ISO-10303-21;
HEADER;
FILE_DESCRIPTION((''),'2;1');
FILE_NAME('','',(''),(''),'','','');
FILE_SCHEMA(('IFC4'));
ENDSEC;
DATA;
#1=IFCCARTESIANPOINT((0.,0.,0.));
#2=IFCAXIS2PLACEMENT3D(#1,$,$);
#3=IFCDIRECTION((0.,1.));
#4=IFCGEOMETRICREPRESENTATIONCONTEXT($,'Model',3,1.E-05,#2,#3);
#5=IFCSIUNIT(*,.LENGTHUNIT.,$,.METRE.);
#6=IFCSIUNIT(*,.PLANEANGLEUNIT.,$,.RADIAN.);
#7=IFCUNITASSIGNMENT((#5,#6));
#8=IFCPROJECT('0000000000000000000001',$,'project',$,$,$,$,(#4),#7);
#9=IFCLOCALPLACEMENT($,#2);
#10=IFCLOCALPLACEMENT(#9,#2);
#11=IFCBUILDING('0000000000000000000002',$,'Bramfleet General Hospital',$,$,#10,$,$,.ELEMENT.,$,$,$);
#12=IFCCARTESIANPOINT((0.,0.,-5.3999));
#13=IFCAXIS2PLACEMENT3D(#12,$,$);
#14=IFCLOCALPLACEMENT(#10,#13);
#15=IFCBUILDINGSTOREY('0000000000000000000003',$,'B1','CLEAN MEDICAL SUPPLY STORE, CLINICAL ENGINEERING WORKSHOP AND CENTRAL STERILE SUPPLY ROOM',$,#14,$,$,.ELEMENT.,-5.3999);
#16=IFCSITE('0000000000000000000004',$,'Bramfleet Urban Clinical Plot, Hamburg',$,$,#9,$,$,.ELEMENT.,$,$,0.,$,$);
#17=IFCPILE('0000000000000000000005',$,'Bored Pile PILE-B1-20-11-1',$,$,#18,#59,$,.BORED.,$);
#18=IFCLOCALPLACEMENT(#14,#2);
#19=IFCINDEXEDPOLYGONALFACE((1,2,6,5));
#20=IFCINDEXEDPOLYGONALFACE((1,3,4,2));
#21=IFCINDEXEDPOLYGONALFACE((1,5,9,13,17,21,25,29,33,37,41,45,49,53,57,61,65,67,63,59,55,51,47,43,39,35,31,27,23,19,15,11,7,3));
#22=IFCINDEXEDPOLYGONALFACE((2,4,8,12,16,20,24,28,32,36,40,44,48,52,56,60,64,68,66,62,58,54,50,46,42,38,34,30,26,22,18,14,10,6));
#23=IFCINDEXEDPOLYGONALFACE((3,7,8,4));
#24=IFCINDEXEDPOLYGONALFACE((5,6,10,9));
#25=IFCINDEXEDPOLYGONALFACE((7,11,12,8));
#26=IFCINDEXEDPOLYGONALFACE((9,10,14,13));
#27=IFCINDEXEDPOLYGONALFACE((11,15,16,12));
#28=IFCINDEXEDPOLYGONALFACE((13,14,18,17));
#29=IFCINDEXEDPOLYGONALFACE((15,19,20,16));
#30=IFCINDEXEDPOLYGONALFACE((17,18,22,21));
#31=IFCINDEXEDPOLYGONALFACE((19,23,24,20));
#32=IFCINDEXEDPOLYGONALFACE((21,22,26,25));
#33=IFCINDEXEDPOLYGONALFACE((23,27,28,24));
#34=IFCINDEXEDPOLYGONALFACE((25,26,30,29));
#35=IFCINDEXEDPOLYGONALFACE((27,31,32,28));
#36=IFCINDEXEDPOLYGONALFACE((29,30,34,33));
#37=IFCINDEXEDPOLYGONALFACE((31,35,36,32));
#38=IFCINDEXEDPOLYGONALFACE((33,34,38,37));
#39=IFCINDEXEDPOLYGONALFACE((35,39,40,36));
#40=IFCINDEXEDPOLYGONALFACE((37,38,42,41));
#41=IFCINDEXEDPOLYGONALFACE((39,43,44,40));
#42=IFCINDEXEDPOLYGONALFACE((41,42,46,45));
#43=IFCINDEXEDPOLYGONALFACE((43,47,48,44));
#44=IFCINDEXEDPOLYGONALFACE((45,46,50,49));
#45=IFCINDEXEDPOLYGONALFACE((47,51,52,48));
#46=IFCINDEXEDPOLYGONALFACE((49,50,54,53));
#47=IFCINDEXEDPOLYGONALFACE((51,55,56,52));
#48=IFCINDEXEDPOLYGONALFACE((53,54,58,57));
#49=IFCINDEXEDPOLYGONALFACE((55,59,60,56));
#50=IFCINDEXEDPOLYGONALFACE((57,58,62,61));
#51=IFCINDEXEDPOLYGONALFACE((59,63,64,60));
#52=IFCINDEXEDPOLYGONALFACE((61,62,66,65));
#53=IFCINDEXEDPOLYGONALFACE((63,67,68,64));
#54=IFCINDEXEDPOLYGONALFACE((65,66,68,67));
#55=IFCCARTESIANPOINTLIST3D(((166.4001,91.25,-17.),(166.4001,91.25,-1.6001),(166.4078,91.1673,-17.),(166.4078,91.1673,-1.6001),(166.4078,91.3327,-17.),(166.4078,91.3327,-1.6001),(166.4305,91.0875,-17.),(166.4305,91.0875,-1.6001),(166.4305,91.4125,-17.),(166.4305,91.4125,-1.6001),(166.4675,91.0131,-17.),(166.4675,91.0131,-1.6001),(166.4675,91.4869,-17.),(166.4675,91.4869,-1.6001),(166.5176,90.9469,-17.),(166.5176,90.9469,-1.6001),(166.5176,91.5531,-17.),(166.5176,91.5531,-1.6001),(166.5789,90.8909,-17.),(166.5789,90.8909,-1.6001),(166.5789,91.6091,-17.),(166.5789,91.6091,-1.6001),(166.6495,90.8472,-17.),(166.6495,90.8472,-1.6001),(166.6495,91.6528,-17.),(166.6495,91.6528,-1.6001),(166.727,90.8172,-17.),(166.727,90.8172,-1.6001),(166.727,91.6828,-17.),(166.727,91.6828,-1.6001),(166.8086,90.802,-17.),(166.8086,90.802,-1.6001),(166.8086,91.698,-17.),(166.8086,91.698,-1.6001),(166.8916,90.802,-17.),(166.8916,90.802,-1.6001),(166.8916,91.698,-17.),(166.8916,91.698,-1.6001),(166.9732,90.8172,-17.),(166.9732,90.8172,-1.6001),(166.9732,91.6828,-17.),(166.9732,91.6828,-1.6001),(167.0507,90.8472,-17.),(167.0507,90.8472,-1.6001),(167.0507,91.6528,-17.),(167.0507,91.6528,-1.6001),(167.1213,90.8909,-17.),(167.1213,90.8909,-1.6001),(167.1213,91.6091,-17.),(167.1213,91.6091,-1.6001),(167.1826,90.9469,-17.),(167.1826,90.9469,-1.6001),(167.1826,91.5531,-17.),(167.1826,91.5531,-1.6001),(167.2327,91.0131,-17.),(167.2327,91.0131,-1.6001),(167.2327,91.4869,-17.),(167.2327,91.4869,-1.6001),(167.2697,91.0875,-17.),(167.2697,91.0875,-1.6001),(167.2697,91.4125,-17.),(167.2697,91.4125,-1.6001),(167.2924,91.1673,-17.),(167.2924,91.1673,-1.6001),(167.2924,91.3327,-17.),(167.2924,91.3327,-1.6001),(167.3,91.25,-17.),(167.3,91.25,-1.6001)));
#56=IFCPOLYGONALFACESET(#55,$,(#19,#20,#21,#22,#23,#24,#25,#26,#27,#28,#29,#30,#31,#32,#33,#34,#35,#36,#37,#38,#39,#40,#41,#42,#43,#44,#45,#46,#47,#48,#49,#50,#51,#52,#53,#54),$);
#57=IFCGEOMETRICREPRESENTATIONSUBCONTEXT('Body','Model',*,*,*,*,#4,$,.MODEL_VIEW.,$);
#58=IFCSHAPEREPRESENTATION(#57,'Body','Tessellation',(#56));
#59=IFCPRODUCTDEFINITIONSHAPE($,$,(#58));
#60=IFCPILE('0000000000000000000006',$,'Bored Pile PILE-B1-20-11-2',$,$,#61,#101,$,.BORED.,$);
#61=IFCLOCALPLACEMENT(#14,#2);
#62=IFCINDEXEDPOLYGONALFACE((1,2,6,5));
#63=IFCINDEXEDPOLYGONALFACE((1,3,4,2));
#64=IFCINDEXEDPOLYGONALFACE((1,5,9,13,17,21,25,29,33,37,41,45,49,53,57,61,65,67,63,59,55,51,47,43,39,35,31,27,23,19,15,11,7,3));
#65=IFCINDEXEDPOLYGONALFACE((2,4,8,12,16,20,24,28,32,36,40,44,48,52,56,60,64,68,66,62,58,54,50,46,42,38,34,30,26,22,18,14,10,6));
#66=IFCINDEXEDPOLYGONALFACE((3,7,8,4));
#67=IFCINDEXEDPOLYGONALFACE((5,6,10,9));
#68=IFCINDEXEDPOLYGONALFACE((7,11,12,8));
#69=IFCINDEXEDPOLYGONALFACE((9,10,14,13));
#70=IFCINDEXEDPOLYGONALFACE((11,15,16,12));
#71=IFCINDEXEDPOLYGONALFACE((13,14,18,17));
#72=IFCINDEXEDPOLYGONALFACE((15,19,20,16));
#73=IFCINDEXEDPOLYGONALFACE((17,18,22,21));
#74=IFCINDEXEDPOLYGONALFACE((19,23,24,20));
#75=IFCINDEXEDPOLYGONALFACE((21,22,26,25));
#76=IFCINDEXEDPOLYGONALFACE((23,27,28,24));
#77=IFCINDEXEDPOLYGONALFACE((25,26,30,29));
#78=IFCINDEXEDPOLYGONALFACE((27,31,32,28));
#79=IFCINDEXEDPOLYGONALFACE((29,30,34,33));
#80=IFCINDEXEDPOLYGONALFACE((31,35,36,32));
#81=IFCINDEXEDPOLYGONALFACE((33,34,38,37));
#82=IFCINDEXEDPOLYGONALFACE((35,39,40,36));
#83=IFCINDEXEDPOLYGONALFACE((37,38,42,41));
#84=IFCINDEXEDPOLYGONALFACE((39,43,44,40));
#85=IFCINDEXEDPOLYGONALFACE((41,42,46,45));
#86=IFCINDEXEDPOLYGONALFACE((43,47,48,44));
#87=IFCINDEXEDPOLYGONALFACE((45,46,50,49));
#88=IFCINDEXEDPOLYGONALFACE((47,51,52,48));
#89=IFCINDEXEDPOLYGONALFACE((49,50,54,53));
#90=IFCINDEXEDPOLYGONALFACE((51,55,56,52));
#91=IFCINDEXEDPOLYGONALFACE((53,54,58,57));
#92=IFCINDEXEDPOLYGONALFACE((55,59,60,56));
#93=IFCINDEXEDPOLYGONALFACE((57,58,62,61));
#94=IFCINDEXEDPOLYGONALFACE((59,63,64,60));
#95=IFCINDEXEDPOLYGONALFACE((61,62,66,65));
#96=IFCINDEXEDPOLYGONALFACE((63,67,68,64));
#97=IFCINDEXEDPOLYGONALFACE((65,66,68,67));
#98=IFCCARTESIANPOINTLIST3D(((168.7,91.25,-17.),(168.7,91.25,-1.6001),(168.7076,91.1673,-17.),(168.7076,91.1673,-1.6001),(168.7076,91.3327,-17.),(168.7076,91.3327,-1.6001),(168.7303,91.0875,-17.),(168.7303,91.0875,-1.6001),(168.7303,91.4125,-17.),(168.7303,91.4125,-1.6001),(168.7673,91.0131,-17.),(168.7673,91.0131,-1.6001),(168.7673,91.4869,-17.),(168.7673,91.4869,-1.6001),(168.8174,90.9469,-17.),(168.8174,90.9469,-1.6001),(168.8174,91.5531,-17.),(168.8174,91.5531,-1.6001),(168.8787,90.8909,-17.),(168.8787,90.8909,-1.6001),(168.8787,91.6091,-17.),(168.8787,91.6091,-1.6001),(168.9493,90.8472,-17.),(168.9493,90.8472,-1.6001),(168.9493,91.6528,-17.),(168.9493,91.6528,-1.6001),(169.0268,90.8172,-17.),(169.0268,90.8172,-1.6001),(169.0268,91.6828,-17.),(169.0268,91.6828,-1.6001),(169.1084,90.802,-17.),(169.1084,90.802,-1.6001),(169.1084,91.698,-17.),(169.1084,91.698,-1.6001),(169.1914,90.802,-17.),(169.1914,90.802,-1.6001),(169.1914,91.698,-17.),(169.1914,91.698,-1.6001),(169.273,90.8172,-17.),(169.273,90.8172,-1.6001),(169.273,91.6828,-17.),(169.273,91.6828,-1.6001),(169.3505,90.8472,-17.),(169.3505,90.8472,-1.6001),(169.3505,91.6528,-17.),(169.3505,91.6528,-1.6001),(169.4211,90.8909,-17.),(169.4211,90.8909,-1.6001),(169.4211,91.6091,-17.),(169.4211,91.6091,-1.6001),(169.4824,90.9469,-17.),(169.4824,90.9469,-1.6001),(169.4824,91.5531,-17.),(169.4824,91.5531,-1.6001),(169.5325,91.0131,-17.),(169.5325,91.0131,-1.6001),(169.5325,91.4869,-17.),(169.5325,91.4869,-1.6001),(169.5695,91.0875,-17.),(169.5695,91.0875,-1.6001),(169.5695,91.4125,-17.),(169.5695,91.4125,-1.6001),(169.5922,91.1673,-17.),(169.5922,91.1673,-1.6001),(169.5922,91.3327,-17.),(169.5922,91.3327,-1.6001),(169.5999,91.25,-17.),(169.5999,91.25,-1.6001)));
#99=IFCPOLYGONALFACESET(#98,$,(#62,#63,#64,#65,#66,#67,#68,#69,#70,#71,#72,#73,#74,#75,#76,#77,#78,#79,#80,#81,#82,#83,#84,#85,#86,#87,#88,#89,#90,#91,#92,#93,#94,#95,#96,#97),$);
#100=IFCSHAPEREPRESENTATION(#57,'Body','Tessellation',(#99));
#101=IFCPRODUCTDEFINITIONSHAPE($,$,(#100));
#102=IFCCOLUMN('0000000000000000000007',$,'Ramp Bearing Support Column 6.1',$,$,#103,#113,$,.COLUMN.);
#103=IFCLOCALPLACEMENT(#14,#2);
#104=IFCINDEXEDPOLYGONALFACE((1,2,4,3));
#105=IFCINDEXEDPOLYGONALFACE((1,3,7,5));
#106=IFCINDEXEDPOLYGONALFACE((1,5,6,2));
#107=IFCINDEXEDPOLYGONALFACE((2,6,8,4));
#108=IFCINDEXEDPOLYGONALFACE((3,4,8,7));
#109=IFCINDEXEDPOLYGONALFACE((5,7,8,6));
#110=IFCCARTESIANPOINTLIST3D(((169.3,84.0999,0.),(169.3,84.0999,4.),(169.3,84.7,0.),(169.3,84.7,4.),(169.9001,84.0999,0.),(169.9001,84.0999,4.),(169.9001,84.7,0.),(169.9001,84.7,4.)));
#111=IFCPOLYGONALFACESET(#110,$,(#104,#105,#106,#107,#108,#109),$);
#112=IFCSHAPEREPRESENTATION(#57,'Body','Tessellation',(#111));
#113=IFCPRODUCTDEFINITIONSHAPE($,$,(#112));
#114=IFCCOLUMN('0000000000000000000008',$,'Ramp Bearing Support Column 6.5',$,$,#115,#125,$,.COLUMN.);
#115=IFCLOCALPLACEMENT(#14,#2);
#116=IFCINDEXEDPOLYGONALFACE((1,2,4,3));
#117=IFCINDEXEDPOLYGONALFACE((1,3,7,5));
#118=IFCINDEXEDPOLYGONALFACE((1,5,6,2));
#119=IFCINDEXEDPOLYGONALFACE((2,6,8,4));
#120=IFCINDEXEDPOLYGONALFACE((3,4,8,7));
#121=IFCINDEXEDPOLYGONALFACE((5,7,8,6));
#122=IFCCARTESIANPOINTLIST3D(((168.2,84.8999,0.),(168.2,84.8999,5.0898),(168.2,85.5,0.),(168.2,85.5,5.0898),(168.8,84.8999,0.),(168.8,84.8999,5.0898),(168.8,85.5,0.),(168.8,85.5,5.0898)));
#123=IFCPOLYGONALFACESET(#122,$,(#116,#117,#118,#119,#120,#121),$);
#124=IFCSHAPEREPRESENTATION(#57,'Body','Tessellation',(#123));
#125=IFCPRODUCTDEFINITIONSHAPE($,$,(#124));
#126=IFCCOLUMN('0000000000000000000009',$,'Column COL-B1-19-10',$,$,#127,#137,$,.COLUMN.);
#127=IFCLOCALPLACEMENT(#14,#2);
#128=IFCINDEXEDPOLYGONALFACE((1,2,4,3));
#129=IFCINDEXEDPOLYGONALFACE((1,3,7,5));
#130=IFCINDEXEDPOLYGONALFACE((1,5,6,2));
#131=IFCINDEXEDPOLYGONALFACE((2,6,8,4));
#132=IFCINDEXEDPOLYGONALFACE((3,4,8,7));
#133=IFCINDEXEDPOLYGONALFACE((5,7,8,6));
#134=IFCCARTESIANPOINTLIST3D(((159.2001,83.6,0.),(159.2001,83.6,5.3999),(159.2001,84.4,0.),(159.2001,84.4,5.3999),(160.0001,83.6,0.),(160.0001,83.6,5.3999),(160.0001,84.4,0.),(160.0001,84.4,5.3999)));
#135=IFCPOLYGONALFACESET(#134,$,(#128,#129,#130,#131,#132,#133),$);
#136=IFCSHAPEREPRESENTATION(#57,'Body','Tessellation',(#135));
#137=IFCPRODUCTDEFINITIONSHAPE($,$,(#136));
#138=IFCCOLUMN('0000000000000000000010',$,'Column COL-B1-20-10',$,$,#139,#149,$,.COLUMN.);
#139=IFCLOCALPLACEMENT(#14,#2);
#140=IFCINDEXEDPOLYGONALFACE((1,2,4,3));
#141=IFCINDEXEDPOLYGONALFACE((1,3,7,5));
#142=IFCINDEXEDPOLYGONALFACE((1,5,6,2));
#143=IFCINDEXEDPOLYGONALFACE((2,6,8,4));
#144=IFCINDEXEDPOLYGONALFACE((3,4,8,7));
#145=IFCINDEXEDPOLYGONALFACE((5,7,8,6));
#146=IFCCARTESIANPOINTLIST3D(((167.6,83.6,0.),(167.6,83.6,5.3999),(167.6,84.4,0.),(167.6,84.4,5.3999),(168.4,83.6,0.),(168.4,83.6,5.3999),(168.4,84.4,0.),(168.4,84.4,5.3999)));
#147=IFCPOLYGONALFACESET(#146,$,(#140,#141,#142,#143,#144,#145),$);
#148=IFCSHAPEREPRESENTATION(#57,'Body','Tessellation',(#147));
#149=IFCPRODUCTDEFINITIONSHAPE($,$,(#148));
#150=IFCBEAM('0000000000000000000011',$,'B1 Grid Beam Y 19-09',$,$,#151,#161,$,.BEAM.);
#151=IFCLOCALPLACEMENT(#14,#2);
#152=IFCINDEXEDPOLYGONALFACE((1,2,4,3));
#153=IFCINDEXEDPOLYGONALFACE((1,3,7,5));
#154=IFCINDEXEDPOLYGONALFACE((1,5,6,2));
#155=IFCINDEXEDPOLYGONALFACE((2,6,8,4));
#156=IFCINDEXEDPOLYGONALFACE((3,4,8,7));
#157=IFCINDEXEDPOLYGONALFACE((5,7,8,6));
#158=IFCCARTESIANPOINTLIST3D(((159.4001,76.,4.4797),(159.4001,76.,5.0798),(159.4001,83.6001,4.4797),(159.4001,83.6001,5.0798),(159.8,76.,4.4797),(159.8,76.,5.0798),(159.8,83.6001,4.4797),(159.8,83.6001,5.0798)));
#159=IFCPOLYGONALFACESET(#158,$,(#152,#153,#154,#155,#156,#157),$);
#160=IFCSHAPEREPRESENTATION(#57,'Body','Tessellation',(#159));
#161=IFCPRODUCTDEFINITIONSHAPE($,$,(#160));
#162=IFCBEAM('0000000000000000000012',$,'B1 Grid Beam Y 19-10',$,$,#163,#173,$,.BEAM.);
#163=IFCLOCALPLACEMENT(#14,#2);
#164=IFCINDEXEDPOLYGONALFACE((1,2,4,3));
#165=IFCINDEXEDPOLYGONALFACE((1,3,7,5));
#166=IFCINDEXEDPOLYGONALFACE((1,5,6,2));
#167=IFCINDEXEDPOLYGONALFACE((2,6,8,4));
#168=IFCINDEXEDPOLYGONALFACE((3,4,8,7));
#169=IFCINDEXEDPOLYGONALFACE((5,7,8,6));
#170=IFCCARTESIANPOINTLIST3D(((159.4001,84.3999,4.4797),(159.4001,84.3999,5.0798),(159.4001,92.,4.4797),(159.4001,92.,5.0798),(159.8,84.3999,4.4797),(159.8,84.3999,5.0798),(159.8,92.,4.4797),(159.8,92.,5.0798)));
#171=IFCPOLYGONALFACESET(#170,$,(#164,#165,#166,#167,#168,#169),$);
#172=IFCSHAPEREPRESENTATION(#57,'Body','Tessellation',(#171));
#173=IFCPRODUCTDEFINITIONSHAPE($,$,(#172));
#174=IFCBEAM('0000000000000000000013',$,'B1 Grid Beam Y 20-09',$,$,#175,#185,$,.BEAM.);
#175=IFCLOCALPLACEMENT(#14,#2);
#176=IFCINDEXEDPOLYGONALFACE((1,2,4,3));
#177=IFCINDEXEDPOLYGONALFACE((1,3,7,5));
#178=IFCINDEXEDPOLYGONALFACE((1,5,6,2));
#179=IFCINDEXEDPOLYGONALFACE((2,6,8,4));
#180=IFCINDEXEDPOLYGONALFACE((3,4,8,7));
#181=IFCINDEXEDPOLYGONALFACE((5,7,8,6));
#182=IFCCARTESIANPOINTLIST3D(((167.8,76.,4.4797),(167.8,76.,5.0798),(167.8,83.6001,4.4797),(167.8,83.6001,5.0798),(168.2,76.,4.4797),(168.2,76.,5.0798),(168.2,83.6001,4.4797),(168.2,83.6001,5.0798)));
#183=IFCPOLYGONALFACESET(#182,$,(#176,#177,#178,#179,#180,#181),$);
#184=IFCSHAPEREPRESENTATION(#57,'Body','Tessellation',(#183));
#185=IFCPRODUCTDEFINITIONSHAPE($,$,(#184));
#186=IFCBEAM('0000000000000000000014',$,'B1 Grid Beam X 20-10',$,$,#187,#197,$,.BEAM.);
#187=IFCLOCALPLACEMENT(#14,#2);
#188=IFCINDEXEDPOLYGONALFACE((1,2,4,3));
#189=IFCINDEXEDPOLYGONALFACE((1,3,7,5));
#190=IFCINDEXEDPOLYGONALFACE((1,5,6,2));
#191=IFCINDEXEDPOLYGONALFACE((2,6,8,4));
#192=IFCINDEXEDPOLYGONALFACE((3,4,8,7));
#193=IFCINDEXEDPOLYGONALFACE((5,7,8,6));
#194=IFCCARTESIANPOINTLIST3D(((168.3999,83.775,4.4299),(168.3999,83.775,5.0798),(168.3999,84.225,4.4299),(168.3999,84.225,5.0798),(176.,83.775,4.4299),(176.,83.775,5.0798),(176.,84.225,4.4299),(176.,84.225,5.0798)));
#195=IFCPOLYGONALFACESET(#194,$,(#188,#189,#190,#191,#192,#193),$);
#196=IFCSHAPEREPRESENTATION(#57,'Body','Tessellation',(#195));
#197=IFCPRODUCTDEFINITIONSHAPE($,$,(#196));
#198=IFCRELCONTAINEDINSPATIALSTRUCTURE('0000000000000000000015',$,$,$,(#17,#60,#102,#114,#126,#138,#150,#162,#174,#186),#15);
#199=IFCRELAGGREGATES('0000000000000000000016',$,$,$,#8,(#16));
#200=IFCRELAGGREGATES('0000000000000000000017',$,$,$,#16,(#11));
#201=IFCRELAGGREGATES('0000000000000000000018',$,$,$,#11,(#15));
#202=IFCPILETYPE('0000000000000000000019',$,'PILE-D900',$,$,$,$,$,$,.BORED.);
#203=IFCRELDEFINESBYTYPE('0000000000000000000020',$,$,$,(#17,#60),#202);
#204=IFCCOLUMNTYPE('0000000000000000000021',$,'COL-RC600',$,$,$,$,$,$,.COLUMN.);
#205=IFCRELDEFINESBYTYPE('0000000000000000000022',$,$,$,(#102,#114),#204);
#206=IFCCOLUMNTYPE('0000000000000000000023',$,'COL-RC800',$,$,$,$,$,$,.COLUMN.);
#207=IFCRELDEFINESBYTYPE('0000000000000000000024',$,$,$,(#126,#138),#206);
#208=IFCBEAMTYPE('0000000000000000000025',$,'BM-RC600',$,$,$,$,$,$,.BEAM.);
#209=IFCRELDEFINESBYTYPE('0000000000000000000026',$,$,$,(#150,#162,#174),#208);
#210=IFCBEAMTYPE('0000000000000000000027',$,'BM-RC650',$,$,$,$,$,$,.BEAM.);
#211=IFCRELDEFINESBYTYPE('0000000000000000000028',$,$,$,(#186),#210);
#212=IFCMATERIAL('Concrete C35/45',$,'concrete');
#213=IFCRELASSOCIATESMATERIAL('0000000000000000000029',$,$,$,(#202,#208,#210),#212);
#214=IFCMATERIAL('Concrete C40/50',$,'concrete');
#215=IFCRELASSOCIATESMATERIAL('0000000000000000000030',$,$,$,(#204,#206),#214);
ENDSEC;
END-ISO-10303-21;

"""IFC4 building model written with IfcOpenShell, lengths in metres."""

from ifc_helpers import new_model, si_unit, direction, frame, origin, origin_2d, place, context, subcontext, project, spatial, rectangle, circle, extrude, material, material_profile, profile_set, type_object, element, save


model = new_model("IFC4")

# Units and contexts
model_context = context("Model", 3, precision=1e-05, world=origin(), true_north=direction((0.0, 1.0)))
body_context = subcontext(model_context, "Body", "Model", "MODEL_VIEW")
ifc_project = project(units=[si_unit("LENGTHUNIT", "METRE"), si_unit("PLANEANGLEUNIT", "RADIAN")], contexts=[model_context])

# Site, building, storey
site_placement = place(None, origin())
site = spatial("IfcSite", under=ifc_project, at=site_placement, Name="Bramfleet Urban Clinical Plot, Hamburg", CompositionType="ELEMENT", RefElevation=0.0)
building_placement = place(site_placement, origin())
building = spatial("IfcBuilding", under=site, at=building_placement, Name="Bramfleet General Hospital", CompositionType="ELEMENT")
storey_placement = place(building_placement, frame((0.0, 0.0, -5.3999)))
storey = spatial("IfcBuildingStorey", under=building, at=storey_placement, Name="B1", Description="CLEAN MEDICAL SUPPLY STORE, CLINICAL ENGINEERING WORKSHOP AND CENTRAL STERILE SUPPLY ROOM", CompositionType="ELEMENT", Elevation=-5.3999)

# Shared definitions
ifc_material_1 = material(Name="Concrete C35/45", Category="concrete")

# Piles
ifc_material_profile_1 = material_profile(ifc_material_1, circle(Radius=0.45, at=origin_2d()), Name="PILE BORED D900")
ifc_profile_set_1 = profile_set([ifc_material_profile_1], Name="Concrete C35/45")
pile_type_1 = type_object("IfcPileType", Name="PILE-D900", PredefinedType="BORED", material=ifc_profile_set_1)
for number, where, z_axis, x_axis, name in (
    (1, (166.8501, 91.25, -1.6001), (0.0, 0.0, -1.0), (1.0, 0.0, 0.0), "Bored Pile PILE-B1-20-11-1"),
    (2, (169.1499, 91.25, -1.6001), (0.0, 0.0, -1.0), (1.0, 0.0, 0.0), "Bored Pile PILE-B1-20-11-2"),
):
    element("IfcPile", number, at=place(storey_placement, frame(where, z_axis=z_axis, x_axis=x_axis)), inside=storey, type_object=pile_type_1, Name=name, PredefinedType="BORED", context=body_context, shape_type="SweptSolid", body=[
        extrude(circle(Radius=0.45, at=origin_2d()), origin(), (0.0, 0.0, 1.0), 15.3999),
    ])

# Columns
ifc_material_2 = material(Name="Concrete C40/50", Category="concrete")
ifc_material_profile_2 = material_profile(ifc_material_2, rectangle(XDim=0.6001, YDim=0.6001, at=origin_2d()), Name="RC COL 600x600")
ifc_profile_set_2 = profile_set([ifc_material_profile_2], Name="Concrete C40/50")
column_type_1 = type_object("IfcColumnType", Name="COL-RC600", PredefinedType="COLUMN", material=ifc_profile_set_2)
column_1_placement = place(storey_placement, frame((169.6001, 84.3999, 0.0), z_axis=(0.0, 0.0, 1.0), x_axis=(1.0, 0.0, 0.0)))
element("IfcColumn", 3, at=column_1_placement, inside=storey, type_object=column_type_1, Name="Ramp Bearing Support Column 6.1", PredefinedType="COLUMN", context=body_context, shape_type="SweptSolid", body=[
    extrude(rectangle(XDim=0.6001, YDim=0.6001, at=origin_2d()), origin(), (0.0, 0.0, 1.0), 4.0),
])
column_2_placement = place(storey_placement, frame((168.5, 85.2, 0.0), z_axis=(0.0, 0.0, 1.0), x_axis=(1.0, 0.0, 0.0)))
element("IfcColumn", 4, at=column_2_placement, inside=storey, type_object=column_type_1, Name="Ramp Bearing Support Column 6.5", PredefinedType="COLUMN", context=body_context, shape_type="SweptSolid", body=[
    extrude(rectangle(XDim=0.6001, YDim=0.6001, at=origin_2d()), origin(), (0.0, 0.0, 1.0), 5.0898),
])
ifc_material_profile_3 = material_profile(ifc_material_2, rectangle(XDim=0.8, YDim=0.8, at=origin_2d()), Name="RC COL 800x800")
ifc_profile_set_3 = profile_set([ifc_material_profile_3], Name="Concrete C40/50")
column_type_2 = type_object("IfcColumnType", Name="COL-RC800", PredefinedType="COLUMN", material=ifc_profile_set_3)
for number, where, z_axis, x_axis, name in (
    (5, (159.6001, 84.0, 0.0), (0.0, 0.0, 1.0), (1.0, 0.0, 0.0), "Column COL-B1-19-10"),
    (6, (168.0, 84.0, 0.0), (0.0, 0.0, 1.0), (1.0, 0.0, 0.0), "Column COL-B1-20-10"),
):
    element("IfcColumn", number, at=place(storey_placement, frame(where, z_axis=z_axis, x_axis=x_axis)), inside=storey, type_object=column_type_2, Name=name, PredefinedType="COLUMN", context=body_context, shape_type="SweptSolid", body=[
        extrude(rectangle(XDim=0.8, YDim=0.8, at=origin_2d()), origin(), (0.0, 0.0, 1.0), 5.3999),
    ])

# Beams
ifc_material_profile_4 = material_profile(ifc_material_1, rectangle(XDim=0.3999, YDim=0.6001, at=origin_2d()), Name="RC BM 600x400")
ifc_profile_set_4 = profile_set([ifc_material_profile_4], Name="Concrete C35/45")
beam_type_1 = type_object("IfcBeamType", Name="BM-RC600", PredefinedType="BEAM", material=ifc_profile_set_4)
for number, where, z_axis, x_axis, name in (
    (7, (159.6001, 76.0, 4.7798), (0.0, 1.0, 0.0), (-1.0, 0.0, 0.0), "B1 Grid Beam Y 19-09"),
    (8, (159.6001, 84.3999, 4.7798), (0.0, 1.0, 0.0), (-1.0, 0.0, 0.0), "B1 Grid Beam Y 19-10"),
    (9, (168.0, 76.0, 4.7798), (0.0, 1.0, 0.0), (-1.0, 0.0, 0.0), "B1 Grid Beam Y 20-09"),
):
    element("IfcBeam", number, at=place(storey_placement, frame(where, z_axis=z_axis, x_axis=x_axis)), inside=storey, type_object=beam_type_1, Name=name, PredefinedType="BEAM", context=body_context, shape_type="SweptSolid", body=[
        extrude(rectangle(XDim=0.3999, YDim=0.6001, at=origin_2d()), origin(), (0.0, 0.0, 1.0), 7.6001),
    ])
ifc_material_profile_5 = material_profile(ifc_material_1, rectangle(XDim=0.45, YDim=0.6499, at=origin_2d()), Name="RC BM 650x450")
ifc_profile_set_5 = profile_set([ifc_material_profile_5], Name="Concrete C35/45")
beam_type_2 = type_object("IfcBeamType", Name="BM-RC650", PredefinedType="BEAM", material=ifc_profile_set_5)
beam_placement = place(storey_placement, frame((168.3999, 84.0, 4.7549), z_axis=(1.0, 0.0, 0.0), x_axis=(0.0, 1.0, 0.0)))
element("IfcBeam", 10, at=beam_placement, inside=storey, type_object=beam_type_2, Name="B1 Grid Beam X 20-10", PredefinedType="BEAM", context=body_context, shape_type="SweptSolid", body=[
    extrude(rectangle(XDim=0.45, YDim=0.6499, at=origin_2d()), origin(), (0.0, 0.0, 1.0), 7.6001),
])

save(model, "model.ifc")
